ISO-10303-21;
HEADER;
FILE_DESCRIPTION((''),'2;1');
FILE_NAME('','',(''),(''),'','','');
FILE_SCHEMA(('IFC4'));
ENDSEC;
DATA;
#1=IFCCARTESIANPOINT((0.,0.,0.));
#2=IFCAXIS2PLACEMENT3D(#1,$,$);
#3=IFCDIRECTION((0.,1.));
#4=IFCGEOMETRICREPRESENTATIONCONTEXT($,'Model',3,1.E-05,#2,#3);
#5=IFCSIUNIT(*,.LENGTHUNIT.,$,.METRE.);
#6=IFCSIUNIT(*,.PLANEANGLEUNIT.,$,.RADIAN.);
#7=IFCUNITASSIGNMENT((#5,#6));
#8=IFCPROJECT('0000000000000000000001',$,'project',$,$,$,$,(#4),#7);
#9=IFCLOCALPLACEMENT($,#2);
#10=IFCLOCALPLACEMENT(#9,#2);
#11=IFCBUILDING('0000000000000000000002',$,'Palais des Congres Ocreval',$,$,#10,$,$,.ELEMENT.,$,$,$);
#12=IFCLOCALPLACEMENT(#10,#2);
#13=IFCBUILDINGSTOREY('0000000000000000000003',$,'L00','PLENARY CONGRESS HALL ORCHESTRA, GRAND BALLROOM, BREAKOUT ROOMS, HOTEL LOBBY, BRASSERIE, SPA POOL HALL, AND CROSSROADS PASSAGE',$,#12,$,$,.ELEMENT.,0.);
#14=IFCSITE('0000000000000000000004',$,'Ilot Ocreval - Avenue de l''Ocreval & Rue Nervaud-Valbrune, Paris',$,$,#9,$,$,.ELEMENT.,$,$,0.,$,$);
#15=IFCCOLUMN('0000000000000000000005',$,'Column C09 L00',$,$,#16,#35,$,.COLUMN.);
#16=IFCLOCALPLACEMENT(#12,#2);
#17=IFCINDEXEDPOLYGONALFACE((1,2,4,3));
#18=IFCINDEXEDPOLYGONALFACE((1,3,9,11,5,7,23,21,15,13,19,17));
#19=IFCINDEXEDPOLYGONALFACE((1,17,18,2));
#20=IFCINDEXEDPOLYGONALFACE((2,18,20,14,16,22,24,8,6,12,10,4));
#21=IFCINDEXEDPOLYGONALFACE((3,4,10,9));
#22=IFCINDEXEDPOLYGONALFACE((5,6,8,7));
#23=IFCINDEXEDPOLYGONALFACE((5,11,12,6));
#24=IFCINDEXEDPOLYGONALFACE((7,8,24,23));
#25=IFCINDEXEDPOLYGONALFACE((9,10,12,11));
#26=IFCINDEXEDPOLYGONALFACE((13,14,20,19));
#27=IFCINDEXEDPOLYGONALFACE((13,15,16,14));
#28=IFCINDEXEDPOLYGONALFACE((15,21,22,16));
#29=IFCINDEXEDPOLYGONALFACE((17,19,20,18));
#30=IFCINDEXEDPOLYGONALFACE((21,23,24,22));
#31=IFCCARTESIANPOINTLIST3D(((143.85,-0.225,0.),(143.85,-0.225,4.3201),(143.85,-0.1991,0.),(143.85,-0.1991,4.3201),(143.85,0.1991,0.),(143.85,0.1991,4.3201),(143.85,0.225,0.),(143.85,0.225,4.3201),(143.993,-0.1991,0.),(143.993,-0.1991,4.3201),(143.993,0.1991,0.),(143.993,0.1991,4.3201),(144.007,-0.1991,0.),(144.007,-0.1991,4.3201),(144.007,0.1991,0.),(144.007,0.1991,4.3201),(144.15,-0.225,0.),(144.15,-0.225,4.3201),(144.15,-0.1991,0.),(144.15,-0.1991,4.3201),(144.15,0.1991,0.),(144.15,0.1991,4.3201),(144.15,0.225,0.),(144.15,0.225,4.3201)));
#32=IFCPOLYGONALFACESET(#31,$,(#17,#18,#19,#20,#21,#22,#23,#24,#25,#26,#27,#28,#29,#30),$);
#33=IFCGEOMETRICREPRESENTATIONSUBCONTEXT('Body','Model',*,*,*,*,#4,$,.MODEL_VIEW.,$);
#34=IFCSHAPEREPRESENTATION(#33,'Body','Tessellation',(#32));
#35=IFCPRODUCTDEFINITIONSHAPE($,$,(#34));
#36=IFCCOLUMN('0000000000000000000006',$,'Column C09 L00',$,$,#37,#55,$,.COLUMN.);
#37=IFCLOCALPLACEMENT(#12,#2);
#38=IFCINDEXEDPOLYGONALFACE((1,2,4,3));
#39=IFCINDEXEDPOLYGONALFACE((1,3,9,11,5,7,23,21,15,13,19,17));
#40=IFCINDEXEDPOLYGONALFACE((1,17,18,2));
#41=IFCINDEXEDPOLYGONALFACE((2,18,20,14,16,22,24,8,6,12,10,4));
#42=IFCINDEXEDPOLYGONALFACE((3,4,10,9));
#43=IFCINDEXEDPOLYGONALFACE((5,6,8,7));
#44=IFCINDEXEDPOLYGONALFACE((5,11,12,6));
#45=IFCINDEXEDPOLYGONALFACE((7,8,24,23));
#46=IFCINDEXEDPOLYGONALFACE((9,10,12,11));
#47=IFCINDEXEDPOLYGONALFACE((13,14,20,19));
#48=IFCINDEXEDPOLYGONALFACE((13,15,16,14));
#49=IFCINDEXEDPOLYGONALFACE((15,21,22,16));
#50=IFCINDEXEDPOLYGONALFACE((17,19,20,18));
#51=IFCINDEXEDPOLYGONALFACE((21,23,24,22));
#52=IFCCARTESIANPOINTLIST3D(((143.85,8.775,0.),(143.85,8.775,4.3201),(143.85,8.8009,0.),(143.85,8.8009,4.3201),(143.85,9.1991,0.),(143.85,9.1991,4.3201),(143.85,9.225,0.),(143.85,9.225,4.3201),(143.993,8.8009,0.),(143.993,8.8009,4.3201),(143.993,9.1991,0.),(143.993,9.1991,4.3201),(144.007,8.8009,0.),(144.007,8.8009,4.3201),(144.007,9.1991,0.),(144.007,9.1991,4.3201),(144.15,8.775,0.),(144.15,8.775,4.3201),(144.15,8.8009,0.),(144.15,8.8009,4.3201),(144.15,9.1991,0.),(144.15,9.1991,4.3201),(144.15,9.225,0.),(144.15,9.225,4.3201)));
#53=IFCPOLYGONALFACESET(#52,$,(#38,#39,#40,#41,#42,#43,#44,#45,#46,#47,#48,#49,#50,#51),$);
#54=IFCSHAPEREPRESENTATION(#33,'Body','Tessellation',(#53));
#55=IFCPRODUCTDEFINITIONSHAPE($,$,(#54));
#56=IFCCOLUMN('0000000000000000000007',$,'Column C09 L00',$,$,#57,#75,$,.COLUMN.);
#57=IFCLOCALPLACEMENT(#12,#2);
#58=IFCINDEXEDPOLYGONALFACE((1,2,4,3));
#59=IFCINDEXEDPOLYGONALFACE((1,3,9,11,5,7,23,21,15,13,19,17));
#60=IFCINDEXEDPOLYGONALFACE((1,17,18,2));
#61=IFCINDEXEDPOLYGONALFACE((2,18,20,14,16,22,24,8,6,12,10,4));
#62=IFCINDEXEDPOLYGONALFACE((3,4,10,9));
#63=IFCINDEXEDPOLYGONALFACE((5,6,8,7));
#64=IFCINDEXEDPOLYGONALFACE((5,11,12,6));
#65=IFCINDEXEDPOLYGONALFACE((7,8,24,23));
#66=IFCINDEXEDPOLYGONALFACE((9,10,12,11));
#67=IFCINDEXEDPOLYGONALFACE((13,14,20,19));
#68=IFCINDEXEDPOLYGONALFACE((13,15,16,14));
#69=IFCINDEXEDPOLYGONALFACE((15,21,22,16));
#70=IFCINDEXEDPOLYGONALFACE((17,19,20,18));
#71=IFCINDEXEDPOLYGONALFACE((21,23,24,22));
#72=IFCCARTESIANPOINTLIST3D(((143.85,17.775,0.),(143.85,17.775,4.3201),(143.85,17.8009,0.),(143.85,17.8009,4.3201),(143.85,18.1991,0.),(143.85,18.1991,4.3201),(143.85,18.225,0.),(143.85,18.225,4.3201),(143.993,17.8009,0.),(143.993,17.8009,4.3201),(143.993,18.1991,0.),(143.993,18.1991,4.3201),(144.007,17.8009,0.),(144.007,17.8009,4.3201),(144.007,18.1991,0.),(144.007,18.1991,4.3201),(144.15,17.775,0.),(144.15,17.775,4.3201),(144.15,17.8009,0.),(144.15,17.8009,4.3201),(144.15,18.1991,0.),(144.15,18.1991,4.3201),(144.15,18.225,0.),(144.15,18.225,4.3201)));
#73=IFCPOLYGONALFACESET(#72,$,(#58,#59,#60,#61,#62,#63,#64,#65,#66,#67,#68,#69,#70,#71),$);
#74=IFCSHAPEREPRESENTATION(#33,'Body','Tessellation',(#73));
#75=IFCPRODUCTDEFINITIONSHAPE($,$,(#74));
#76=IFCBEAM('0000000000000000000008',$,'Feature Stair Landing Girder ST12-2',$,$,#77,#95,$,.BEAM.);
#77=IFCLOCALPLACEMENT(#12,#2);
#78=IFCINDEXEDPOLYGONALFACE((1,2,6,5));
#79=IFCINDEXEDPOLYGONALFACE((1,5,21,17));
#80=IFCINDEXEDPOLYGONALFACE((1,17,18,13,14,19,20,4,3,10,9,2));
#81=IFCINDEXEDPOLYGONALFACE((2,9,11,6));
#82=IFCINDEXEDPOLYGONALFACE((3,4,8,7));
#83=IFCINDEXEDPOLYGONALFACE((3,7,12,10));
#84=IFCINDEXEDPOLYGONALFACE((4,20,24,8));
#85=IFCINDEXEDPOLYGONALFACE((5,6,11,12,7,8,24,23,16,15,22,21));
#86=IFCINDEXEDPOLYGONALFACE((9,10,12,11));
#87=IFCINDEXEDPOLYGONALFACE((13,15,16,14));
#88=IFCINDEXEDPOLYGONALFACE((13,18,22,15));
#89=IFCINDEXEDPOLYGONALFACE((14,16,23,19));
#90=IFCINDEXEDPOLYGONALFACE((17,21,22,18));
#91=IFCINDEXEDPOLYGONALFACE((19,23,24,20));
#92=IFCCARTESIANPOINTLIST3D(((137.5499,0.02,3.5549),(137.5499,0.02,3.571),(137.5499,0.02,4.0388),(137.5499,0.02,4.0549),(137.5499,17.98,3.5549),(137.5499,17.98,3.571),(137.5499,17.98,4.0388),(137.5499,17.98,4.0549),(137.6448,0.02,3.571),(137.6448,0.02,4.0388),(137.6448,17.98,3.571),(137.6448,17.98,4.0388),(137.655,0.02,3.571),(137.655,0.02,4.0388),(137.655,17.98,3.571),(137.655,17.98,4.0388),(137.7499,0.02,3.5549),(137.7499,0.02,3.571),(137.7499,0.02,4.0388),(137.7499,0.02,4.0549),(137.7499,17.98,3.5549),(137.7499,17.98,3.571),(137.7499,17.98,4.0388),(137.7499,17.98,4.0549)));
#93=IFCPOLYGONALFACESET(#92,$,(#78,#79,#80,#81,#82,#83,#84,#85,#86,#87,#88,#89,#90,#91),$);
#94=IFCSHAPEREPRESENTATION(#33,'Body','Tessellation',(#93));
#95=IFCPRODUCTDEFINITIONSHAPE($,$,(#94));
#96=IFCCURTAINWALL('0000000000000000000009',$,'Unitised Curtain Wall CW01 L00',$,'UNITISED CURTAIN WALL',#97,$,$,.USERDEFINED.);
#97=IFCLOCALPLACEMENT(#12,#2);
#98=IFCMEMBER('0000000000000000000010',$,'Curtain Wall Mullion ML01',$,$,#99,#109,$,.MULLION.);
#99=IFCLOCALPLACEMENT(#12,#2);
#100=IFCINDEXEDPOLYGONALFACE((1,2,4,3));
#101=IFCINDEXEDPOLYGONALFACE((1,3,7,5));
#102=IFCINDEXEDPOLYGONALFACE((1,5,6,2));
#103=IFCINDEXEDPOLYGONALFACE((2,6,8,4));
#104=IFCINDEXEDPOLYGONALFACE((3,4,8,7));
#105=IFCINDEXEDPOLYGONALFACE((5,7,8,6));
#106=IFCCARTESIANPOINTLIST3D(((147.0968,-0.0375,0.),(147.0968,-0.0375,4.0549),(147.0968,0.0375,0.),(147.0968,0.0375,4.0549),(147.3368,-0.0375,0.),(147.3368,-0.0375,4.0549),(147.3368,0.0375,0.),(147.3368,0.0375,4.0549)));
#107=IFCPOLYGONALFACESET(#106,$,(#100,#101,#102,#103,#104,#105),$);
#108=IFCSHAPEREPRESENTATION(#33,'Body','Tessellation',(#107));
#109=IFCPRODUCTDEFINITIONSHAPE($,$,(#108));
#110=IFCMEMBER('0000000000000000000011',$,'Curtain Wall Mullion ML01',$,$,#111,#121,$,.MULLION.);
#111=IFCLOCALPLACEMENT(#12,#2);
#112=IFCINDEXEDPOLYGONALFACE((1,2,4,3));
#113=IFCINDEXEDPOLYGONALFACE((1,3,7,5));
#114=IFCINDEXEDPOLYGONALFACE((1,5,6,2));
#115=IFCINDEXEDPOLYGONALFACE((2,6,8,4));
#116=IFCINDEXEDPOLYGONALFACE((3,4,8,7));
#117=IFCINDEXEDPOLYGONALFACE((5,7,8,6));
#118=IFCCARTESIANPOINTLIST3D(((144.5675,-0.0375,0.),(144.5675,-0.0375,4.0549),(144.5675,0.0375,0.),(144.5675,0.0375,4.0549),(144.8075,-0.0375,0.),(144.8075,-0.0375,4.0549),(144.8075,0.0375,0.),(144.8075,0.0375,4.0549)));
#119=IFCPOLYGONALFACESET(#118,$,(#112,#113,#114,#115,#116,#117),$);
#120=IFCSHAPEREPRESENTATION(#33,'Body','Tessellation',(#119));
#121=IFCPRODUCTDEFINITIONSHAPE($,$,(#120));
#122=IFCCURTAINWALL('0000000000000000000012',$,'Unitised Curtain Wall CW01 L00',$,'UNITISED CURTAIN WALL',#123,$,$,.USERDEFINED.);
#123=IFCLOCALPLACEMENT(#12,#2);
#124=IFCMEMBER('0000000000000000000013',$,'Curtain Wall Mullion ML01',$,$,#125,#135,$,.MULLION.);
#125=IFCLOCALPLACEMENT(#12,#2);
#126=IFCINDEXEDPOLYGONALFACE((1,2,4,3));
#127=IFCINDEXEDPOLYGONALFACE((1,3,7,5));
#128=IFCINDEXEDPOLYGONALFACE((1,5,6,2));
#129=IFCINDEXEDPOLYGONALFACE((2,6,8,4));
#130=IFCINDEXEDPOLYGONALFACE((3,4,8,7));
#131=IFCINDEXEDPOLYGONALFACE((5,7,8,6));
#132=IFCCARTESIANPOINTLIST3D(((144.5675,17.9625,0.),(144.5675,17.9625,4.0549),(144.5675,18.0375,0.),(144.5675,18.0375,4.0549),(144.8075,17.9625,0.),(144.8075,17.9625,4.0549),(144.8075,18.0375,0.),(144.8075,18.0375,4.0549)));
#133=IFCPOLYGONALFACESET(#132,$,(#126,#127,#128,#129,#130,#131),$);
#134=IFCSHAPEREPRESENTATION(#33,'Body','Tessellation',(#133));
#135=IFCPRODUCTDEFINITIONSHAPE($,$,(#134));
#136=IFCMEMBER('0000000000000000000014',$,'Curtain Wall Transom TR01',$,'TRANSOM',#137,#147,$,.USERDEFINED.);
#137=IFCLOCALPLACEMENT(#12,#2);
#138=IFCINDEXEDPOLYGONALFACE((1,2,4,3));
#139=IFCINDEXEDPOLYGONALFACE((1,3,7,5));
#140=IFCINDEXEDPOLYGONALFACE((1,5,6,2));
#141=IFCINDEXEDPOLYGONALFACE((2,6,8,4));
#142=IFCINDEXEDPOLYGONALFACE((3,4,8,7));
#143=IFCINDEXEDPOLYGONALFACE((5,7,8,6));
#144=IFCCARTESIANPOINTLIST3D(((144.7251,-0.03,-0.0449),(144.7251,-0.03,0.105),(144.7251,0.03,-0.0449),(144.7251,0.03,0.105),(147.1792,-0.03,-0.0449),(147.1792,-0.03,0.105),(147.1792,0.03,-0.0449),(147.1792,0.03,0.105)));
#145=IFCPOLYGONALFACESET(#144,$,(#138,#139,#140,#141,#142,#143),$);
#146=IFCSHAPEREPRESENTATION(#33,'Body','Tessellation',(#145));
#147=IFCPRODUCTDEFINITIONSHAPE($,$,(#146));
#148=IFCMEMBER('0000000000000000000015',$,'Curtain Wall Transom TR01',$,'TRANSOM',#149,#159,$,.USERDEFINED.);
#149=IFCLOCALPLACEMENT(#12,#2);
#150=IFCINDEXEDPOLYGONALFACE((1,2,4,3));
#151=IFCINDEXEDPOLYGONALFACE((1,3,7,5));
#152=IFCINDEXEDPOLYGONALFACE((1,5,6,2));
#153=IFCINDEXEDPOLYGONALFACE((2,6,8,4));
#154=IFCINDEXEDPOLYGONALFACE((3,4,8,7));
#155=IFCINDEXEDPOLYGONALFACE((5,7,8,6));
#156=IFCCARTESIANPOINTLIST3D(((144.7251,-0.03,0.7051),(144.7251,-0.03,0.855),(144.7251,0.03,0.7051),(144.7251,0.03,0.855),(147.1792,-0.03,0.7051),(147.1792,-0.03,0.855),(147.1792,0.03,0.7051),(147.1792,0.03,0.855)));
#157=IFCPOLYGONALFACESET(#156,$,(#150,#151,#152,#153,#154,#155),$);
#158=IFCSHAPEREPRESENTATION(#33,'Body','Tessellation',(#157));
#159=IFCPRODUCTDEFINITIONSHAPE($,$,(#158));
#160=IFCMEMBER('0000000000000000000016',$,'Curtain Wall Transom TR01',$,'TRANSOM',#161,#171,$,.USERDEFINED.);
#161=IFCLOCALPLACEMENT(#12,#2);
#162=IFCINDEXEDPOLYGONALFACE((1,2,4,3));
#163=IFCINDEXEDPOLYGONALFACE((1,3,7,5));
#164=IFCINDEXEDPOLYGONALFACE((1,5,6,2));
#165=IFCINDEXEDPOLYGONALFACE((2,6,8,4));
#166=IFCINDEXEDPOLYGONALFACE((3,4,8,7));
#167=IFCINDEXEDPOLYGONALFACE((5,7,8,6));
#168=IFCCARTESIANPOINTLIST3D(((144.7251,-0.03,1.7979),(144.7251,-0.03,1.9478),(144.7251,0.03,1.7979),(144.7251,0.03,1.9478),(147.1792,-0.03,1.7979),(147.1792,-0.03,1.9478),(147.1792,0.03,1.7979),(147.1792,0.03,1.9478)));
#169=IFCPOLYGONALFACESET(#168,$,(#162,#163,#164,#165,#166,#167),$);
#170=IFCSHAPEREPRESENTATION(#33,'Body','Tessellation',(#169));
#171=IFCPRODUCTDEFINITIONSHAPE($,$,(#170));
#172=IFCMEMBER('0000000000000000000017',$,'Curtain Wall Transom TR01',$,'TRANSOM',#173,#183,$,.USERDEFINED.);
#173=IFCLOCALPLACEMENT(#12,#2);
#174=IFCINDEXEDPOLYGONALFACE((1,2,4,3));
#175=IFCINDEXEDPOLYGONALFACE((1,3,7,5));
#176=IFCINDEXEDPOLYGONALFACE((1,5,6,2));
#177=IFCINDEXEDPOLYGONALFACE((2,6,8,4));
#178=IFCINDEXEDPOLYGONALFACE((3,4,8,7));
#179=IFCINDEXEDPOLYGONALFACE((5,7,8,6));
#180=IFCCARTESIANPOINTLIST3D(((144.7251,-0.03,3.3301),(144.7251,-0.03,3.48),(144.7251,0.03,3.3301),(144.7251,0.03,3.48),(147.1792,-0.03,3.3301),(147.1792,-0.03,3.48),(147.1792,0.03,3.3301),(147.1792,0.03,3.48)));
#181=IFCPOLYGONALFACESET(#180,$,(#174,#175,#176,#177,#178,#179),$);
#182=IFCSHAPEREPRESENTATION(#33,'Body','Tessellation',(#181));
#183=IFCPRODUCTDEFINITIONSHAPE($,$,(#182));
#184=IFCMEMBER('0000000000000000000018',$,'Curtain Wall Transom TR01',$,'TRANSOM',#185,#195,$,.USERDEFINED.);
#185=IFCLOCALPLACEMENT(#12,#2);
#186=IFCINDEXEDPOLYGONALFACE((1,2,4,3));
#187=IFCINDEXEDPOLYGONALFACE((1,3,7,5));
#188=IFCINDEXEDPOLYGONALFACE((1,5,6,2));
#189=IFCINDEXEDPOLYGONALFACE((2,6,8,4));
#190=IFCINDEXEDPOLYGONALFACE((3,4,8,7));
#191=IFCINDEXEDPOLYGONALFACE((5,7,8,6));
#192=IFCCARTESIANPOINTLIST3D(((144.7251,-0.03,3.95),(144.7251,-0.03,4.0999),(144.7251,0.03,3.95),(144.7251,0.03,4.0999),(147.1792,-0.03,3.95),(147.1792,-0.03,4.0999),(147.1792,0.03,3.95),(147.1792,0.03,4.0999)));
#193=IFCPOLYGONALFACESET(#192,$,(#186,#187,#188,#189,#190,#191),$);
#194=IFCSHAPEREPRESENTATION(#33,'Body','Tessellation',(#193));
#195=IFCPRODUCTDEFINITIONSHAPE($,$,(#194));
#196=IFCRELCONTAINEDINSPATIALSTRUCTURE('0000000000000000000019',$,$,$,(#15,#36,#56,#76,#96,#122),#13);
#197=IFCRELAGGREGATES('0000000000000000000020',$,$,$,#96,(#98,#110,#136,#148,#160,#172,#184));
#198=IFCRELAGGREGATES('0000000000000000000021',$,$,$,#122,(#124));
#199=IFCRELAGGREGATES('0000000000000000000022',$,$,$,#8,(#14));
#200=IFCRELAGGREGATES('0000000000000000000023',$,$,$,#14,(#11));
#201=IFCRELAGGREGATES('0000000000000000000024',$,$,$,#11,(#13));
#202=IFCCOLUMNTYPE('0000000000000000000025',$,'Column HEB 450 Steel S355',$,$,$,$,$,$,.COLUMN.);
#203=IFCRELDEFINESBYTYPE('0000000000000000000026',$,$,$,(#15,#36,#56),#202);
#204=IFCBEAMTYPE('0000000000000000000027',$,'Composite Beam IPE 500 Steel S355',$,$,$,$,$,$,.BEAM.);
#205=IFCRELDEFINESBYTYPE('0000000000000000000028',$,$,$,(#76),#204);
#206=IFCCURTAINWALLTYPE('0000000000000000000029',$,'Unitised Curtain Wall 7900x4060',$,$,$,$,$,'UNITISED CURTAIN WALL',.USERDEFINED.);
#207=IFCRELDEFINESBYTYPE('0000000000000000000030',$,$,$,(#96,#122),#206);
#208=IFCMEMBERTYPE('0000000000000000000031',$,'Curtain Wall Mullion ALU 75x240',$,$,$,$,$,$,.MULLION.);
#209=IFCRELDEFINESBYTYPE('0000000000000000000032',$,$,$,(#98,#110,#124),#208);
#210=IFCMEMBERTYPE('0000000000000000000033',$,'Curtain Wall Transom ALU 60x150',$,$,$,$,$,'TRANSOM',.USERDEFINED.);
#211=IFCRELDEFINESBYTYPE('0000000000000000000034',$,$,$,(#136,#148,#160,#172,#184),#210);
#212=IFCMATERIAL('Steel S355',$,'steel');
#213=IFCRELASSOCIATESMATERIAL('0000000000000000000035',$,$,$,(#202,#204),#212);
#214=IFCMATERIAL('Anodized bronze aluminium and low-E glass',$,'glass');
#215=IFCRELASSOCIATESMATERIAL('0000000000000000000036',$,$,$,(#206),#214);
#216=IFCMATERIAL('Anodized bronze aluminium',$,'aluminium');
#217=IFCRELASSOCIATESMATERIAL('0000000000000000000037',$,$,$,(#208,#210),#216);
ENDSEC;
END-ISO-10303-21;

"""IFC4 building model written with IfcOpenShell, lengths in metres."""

from ifc_helpers import new_model, si_unit, direction, frame, origin, origin_2d, place, context, subcontext, project, spatial, rectangle, i_section, extrude, material, material_profile, profile_set, type_object, element, aggregate, save


model = new_model("IFC4")

# Units and contexts
model_context = context("Model", 3, precision=1e-05, world=origin(), true_north=direction((0.0, 1.0)))
body_context = subcontext(model_context, "Body", "Model", "MODEL_VIEW")
ifc_project = project(units=[si_unit("LENGTHUNIT", "METRE"), si_unit("PLANEANGLEUNIT", "RADIAN")], contexts=[model_context])

# Site, building, storey
site_placement = place(None, origin())
site = spatial("IfcSite", under=ifc_project, at=site_placement, Name="Ilot Ocreval - Avenue de l'Ocreval & Rue Nervaud-Valbrune, Paris", CompositionType="ELEMENT", RefElevation=0.0)
building_placement = place(site_placement, origin())
building = spatial("IfcBuilding", under=site, at=building_placement, Name="Palais des Congres Ocreval", CompositionType="ELEMENT")
storey_placement = place(building_placement, origin())
storey = spatial("IfcBuildingStorey", under=building, at=storey_placement, Name="L00", Description="PLENARY CONGRESS HALL ORCHESTRA, GRAND BALLROOM, BREAKOUT ROOMS, HOTEL LOBBY, BRASSERIE, SPA POOL HALL, AND CROSSROADS PASSAGE", CompositionType="ELEMENT", Elevation=0.0)

# Columns
ifc_material_1 = material(Name="Steel S355", Category="steel")
ifc_material_profile_1 = material_profile(ifc_material_1, i_section(OverallWidth=0.3, OverallDepth=0.45, WebThickness=0.0139, FlangeThickness=0.0259, at=origin_2d()), Name="HEB 450")
ifc_profile_set_1 = profile_set([ifc_material_profile_1], Name="Steel S355")
column_type = type_object("IfcColumnType", Name="Column HEB 450 Steel S355", PredefinedType="COLUMN", material=ifc_profile_set_1)
for number, where, z_axis, x_axis, name in (
    (1, (144.0, 0.0, 0.0), (0.0, 0.0, 1.0), (1.0, 0.0, 0.0), "Column C09 L00"),
    (2, (144.0, 9.0, 0.0), (0.0, 0.0, 1.0), (1.0, 0.0, 0.0), "Column C09 L00"),
    (3, (144.0, 18.0, 0.0), (0.0, 0.0, 1.0), (1.0, 0.0, 0.0), "Column C09 L00"),
):
    element("IfcColumn", number, at=place(storey_placement, frame(where, z_axis=z_axis, x_axis=x_axis)), inside=storey, type_object=column_type, Name=name, PredefinedType="COLUMN", context=body_context, shape_type="SweptSolid", body=[
        extrude(i_section(OverallWidth=0.3, OverallDepth=0.45, WebThickness=0.0139, FlangeThickness=0.0259, at=origin_2d()), origin(), (0.0, 0.0, 1.0), 4.3201),
    ])

# Beam
ifc_material_profile_2 = material_profile(ifc_material_1, i_section(OverallWidth=0.2, OverallDepth=0.5, WebThickness=0.0103, FlangeThickness=0.0161, at=origin_2d()), Name="IPE 500")
ifc_profile_set_2 = profile_set([ifc_material_profile_2], Name="Steel S355")
beam_type_1 = type_object("IfcBeamType", Name="Composite Beam IPE 500 Steel S355", PredefinedType="BEAM", material=ifc_profile_set_2)
beam_1_placement = place(storey_placement, frame((137.6499, 0.02, 3.8049), z_axis=(0.0, 1.0, 0.0), x_axis=(-1.0, 0.0, 0.0)))
element("IfcBeam", 4, at=beam_1_placement, inside=storey, type_object=beam_type_1, Name="Feature Stair Landing Girder ST12-2", PredefinedType="BEAM", context=body_context, shape_type="SweptSolid", body=[
    extrude(i_section(OverallWidth=0.2, OverallDepth=0.5, WebThickness=0.0103, FlangeThickness=0.0161, at=origin_2d()), origin(), (0.0, 0.0, 1.0), 17.96),
])

# Curtain wall, members
ifc_material_2 = material(Name="Anodized bronze aluminium and low-E glass", Category="glass")
curtain_wall_type = type_object("IfcCurtainWallType", Name="Unitised Curtain Wall 7900x4060", ElementType="UNITISED CURTAIN WALL", PredefinedType="USERDEFINED", material=ifc_material_2)
curtain_wall_1_placement = place(storey_placement, origin())
curtain_wall_1 = element("IfcCurtainWall", 5, at=curtain_wall_1_placement, inside=storey, type_object=curtain_wall_type, Name="Unitised Curtain Wall CW01 L00", ObjectType="UNITISED CURTAIN WALL", PredefinedType="USERDEFINED")
ifc_material_3 = material(Name="Anodized bronze aluminium", Category="aluminium")
ifc_material_profile_3 = material_profile(ifc_material_3, rectangle(XDim=0.075, YDim=0.24, at=origin_2d()), Name="ALU 75x240")
ifc_profile_set_3 = profile_set([ifc_material_profile_3], Name="Anodized bronze aluminium")
member_type_1 = type_object("IfcMemberType", Name="Curtain Wall Mullion ALU 75x240", PredefinedType="MULLION", material=ifc_profile_set_3)
member_1_placement = place(storey_placement, frame((147.2168, 0.0, 0.0), z_axis=(0.0, 0.0, 1.0), x_axis=(0.0, -1.0, 0.0)))
member_1 = element("IfcMember", 6, at=member_1_placement, type_object=member_type_1, Name="Curtain Wall Mullion ML01", PredefinedType="MULLION", context=body_context, shape_type="SweptSolid", body=[
    extrude(rectangle(XDim=0.075, YDim=0.24, at=origin_2d()), origin(), (0.0, 0.0, 1.0), 4.0549),
])
member_2_placement = place(storey_placement, frame((144.6875, 0.0, 0.0), z_axis=(0.0, 0.0, 1.0), x_axis=(0.0, -1.0, 0.0)))
member_2 = element("IfcMember", 7, at=member_2_placement, type_object=member_type_1, Name="Curtain Wall Mullion ML01", PredefinedType="MULLION", context=body_context, shape_type="SweptSolid", body=[
    extrude(rectangle(XDim=0.075, YDim=0.24, at=origin_2d()), origin(), (0.0, 0.0, 1.0), 4.0549),
])

# Curtain wall, member
curtain_wall_2_placement = place(storey_placement, origin())
curtain_wall_2 = element("IfcCurtainWall", 8, at=curtain_wall_2_placement, inside=storey, type_object=curtain_wall_type, Name="Unitised Curtain Wall CW01 L00", ObjectType="UNITISED CURTAIN WALL", PredefinedType="USERDEFINED")
member_3_placement = place(storey_placement, frame((144.6875, 18.0, 0.0), z_axis=(0.0, 0.0, 1.0), x_axis=(0.0, 1.0, 0.0)))
member_3 = element("IfcMember", 9, at=member_3_placement, type_object=member_type_1, Name="Curtain Wall Mullion ML01", PredefinedType="MULLION", context=body_context, shape_type="SweptSolid", body=[
    extrude(rectangle(XDim=0.075, YDim=0.24, at=origin_2d()), origin(), (0.0, 0.0, 1.0), 4.0549),
])

# Members
ifc_material_profile_4 = material_profile(ifc_material_3, rectangle(XDim=0.0601, YDim=0.1499, at=origin_2d()), Name="ALU 60x150")
ifc_profile_set_4 = profile_set([ifc_material_profile_4], Name="Anodized bronze aluminium")
member_type_2 = type_object("IfcMemberType", Name="Curtain Wall Transom ALU 60x150", ElementType="TRANSOM", PredefinedType="USERDEFINED", material=ifc_profile_set_4)
member_4_placement = place(storey_placement, frame((147.1792, 0.0, 0.03), z_axis=(-1.0, 0.0, 0.0), x_axis=(0.0, -1.0, 0.0)))
member_4 = element("IfcMember", 10, at=member_4_placement, type_object=member_type_2, Name="Curtain Wall Transom TR01", ObjectType="TRANSOM", PredefinedType="USERDEFINED", context=body_context, shape_type="SweptSolid", body=[
    extrude(rectangle(XDim=0.0601, YDim=0.1499, at=origin_2d()), origin(), (0.0, 0.0, 1.0), 2.4541),
])
member_5_placement = place(storey_placement, frame((147.1792, 0.0, 0.78), z_axis=(-1.0, 0.0, 0.0), x_axis=(0.0, -1.0, 0.0)))
member_5 = element("IfcMember", 11, at=member_5_placement, type_object=member_type_2, Name="Curtain Wall Transom TR01", ObjectType="TRANSOM", PredefinedType="USERDEFINED", context=body_context, shape_type="SweptSolid", body=[
    extrude(rectangle(XDim=0.0601, YDim=0.1499, at=origin_2d()), origin(), (0.0, 0.0, 1.0), 2.4541),
])
member_6_placement = place(storey_placement, frame((147.1792, 0.0, 1.8728), z_axis=(-1.0, 0.0, 0.0), x_axis=(0.0, -1.0, 0.0)))
member_6 = element("IfcMember", 12, at=member_6_placement, type_object=member_type_2, Name="Curtain Wall Transom TR01", ObjectType="TRANSOM", PredefinedType="USERDEFINED", context=body_context, shape_type="SweptSolid", body=[
    extrude(rectangle(XDim=0.0601, YDim=0.1499, at=origin_2d()), origin(), (0.0, 0.0, 1.0), 2.4541),
])
member_7_placement = place(storey_placement, frame((147.1792, 0.0, 3.405), z_axis=(-1.0, 0.0, 0.0), x_axis=(0.0, -1.0, 0.0)))
member_7 = element("IfcMember", 13, at=member_7_placement, type_object=member_type_2, Name="Curtain Wall Transom TR01", ObjectType="TRANSOM", PredefinedType="USERDEFINED", context=body_context, shape_type="SweptSolid", body=[
    extrude(rectangle(XDim=0.0601, YDim=0.1499, at=origin_2d()), origin(), (0.0, 0.0, 1.0), 2.4541),
])
member_8_placement = place(storey_placement, frame((147.1792, 0.0, 4.0249), z_axis=(-1.0, 0.0, 0.0), x_axis=(0.0, -1.0, 0.0)))
member_8 = element("IfcMember", 14, at=member_8_placement, type_object=member_type_2, Name="Curtain Wall Transom TR01", ObjectType="TRANSOM", PredefinedType="USERDEFINED", context=body_context, shape_type="SweptSolid", body=[
    extrude(rectangle(XDim=0.0601, YDim=0.1499, at=origin_2d()), origin(), (0.0, 0.0, 1.0), 2.4541),
])

aggregate(curtain_wall_1, [member_1, member_2, member_4, member_5, member_6, member_7, member_8])
aggregate(curtain_wall_2, [member_3])

save(model, "model.ifc")
